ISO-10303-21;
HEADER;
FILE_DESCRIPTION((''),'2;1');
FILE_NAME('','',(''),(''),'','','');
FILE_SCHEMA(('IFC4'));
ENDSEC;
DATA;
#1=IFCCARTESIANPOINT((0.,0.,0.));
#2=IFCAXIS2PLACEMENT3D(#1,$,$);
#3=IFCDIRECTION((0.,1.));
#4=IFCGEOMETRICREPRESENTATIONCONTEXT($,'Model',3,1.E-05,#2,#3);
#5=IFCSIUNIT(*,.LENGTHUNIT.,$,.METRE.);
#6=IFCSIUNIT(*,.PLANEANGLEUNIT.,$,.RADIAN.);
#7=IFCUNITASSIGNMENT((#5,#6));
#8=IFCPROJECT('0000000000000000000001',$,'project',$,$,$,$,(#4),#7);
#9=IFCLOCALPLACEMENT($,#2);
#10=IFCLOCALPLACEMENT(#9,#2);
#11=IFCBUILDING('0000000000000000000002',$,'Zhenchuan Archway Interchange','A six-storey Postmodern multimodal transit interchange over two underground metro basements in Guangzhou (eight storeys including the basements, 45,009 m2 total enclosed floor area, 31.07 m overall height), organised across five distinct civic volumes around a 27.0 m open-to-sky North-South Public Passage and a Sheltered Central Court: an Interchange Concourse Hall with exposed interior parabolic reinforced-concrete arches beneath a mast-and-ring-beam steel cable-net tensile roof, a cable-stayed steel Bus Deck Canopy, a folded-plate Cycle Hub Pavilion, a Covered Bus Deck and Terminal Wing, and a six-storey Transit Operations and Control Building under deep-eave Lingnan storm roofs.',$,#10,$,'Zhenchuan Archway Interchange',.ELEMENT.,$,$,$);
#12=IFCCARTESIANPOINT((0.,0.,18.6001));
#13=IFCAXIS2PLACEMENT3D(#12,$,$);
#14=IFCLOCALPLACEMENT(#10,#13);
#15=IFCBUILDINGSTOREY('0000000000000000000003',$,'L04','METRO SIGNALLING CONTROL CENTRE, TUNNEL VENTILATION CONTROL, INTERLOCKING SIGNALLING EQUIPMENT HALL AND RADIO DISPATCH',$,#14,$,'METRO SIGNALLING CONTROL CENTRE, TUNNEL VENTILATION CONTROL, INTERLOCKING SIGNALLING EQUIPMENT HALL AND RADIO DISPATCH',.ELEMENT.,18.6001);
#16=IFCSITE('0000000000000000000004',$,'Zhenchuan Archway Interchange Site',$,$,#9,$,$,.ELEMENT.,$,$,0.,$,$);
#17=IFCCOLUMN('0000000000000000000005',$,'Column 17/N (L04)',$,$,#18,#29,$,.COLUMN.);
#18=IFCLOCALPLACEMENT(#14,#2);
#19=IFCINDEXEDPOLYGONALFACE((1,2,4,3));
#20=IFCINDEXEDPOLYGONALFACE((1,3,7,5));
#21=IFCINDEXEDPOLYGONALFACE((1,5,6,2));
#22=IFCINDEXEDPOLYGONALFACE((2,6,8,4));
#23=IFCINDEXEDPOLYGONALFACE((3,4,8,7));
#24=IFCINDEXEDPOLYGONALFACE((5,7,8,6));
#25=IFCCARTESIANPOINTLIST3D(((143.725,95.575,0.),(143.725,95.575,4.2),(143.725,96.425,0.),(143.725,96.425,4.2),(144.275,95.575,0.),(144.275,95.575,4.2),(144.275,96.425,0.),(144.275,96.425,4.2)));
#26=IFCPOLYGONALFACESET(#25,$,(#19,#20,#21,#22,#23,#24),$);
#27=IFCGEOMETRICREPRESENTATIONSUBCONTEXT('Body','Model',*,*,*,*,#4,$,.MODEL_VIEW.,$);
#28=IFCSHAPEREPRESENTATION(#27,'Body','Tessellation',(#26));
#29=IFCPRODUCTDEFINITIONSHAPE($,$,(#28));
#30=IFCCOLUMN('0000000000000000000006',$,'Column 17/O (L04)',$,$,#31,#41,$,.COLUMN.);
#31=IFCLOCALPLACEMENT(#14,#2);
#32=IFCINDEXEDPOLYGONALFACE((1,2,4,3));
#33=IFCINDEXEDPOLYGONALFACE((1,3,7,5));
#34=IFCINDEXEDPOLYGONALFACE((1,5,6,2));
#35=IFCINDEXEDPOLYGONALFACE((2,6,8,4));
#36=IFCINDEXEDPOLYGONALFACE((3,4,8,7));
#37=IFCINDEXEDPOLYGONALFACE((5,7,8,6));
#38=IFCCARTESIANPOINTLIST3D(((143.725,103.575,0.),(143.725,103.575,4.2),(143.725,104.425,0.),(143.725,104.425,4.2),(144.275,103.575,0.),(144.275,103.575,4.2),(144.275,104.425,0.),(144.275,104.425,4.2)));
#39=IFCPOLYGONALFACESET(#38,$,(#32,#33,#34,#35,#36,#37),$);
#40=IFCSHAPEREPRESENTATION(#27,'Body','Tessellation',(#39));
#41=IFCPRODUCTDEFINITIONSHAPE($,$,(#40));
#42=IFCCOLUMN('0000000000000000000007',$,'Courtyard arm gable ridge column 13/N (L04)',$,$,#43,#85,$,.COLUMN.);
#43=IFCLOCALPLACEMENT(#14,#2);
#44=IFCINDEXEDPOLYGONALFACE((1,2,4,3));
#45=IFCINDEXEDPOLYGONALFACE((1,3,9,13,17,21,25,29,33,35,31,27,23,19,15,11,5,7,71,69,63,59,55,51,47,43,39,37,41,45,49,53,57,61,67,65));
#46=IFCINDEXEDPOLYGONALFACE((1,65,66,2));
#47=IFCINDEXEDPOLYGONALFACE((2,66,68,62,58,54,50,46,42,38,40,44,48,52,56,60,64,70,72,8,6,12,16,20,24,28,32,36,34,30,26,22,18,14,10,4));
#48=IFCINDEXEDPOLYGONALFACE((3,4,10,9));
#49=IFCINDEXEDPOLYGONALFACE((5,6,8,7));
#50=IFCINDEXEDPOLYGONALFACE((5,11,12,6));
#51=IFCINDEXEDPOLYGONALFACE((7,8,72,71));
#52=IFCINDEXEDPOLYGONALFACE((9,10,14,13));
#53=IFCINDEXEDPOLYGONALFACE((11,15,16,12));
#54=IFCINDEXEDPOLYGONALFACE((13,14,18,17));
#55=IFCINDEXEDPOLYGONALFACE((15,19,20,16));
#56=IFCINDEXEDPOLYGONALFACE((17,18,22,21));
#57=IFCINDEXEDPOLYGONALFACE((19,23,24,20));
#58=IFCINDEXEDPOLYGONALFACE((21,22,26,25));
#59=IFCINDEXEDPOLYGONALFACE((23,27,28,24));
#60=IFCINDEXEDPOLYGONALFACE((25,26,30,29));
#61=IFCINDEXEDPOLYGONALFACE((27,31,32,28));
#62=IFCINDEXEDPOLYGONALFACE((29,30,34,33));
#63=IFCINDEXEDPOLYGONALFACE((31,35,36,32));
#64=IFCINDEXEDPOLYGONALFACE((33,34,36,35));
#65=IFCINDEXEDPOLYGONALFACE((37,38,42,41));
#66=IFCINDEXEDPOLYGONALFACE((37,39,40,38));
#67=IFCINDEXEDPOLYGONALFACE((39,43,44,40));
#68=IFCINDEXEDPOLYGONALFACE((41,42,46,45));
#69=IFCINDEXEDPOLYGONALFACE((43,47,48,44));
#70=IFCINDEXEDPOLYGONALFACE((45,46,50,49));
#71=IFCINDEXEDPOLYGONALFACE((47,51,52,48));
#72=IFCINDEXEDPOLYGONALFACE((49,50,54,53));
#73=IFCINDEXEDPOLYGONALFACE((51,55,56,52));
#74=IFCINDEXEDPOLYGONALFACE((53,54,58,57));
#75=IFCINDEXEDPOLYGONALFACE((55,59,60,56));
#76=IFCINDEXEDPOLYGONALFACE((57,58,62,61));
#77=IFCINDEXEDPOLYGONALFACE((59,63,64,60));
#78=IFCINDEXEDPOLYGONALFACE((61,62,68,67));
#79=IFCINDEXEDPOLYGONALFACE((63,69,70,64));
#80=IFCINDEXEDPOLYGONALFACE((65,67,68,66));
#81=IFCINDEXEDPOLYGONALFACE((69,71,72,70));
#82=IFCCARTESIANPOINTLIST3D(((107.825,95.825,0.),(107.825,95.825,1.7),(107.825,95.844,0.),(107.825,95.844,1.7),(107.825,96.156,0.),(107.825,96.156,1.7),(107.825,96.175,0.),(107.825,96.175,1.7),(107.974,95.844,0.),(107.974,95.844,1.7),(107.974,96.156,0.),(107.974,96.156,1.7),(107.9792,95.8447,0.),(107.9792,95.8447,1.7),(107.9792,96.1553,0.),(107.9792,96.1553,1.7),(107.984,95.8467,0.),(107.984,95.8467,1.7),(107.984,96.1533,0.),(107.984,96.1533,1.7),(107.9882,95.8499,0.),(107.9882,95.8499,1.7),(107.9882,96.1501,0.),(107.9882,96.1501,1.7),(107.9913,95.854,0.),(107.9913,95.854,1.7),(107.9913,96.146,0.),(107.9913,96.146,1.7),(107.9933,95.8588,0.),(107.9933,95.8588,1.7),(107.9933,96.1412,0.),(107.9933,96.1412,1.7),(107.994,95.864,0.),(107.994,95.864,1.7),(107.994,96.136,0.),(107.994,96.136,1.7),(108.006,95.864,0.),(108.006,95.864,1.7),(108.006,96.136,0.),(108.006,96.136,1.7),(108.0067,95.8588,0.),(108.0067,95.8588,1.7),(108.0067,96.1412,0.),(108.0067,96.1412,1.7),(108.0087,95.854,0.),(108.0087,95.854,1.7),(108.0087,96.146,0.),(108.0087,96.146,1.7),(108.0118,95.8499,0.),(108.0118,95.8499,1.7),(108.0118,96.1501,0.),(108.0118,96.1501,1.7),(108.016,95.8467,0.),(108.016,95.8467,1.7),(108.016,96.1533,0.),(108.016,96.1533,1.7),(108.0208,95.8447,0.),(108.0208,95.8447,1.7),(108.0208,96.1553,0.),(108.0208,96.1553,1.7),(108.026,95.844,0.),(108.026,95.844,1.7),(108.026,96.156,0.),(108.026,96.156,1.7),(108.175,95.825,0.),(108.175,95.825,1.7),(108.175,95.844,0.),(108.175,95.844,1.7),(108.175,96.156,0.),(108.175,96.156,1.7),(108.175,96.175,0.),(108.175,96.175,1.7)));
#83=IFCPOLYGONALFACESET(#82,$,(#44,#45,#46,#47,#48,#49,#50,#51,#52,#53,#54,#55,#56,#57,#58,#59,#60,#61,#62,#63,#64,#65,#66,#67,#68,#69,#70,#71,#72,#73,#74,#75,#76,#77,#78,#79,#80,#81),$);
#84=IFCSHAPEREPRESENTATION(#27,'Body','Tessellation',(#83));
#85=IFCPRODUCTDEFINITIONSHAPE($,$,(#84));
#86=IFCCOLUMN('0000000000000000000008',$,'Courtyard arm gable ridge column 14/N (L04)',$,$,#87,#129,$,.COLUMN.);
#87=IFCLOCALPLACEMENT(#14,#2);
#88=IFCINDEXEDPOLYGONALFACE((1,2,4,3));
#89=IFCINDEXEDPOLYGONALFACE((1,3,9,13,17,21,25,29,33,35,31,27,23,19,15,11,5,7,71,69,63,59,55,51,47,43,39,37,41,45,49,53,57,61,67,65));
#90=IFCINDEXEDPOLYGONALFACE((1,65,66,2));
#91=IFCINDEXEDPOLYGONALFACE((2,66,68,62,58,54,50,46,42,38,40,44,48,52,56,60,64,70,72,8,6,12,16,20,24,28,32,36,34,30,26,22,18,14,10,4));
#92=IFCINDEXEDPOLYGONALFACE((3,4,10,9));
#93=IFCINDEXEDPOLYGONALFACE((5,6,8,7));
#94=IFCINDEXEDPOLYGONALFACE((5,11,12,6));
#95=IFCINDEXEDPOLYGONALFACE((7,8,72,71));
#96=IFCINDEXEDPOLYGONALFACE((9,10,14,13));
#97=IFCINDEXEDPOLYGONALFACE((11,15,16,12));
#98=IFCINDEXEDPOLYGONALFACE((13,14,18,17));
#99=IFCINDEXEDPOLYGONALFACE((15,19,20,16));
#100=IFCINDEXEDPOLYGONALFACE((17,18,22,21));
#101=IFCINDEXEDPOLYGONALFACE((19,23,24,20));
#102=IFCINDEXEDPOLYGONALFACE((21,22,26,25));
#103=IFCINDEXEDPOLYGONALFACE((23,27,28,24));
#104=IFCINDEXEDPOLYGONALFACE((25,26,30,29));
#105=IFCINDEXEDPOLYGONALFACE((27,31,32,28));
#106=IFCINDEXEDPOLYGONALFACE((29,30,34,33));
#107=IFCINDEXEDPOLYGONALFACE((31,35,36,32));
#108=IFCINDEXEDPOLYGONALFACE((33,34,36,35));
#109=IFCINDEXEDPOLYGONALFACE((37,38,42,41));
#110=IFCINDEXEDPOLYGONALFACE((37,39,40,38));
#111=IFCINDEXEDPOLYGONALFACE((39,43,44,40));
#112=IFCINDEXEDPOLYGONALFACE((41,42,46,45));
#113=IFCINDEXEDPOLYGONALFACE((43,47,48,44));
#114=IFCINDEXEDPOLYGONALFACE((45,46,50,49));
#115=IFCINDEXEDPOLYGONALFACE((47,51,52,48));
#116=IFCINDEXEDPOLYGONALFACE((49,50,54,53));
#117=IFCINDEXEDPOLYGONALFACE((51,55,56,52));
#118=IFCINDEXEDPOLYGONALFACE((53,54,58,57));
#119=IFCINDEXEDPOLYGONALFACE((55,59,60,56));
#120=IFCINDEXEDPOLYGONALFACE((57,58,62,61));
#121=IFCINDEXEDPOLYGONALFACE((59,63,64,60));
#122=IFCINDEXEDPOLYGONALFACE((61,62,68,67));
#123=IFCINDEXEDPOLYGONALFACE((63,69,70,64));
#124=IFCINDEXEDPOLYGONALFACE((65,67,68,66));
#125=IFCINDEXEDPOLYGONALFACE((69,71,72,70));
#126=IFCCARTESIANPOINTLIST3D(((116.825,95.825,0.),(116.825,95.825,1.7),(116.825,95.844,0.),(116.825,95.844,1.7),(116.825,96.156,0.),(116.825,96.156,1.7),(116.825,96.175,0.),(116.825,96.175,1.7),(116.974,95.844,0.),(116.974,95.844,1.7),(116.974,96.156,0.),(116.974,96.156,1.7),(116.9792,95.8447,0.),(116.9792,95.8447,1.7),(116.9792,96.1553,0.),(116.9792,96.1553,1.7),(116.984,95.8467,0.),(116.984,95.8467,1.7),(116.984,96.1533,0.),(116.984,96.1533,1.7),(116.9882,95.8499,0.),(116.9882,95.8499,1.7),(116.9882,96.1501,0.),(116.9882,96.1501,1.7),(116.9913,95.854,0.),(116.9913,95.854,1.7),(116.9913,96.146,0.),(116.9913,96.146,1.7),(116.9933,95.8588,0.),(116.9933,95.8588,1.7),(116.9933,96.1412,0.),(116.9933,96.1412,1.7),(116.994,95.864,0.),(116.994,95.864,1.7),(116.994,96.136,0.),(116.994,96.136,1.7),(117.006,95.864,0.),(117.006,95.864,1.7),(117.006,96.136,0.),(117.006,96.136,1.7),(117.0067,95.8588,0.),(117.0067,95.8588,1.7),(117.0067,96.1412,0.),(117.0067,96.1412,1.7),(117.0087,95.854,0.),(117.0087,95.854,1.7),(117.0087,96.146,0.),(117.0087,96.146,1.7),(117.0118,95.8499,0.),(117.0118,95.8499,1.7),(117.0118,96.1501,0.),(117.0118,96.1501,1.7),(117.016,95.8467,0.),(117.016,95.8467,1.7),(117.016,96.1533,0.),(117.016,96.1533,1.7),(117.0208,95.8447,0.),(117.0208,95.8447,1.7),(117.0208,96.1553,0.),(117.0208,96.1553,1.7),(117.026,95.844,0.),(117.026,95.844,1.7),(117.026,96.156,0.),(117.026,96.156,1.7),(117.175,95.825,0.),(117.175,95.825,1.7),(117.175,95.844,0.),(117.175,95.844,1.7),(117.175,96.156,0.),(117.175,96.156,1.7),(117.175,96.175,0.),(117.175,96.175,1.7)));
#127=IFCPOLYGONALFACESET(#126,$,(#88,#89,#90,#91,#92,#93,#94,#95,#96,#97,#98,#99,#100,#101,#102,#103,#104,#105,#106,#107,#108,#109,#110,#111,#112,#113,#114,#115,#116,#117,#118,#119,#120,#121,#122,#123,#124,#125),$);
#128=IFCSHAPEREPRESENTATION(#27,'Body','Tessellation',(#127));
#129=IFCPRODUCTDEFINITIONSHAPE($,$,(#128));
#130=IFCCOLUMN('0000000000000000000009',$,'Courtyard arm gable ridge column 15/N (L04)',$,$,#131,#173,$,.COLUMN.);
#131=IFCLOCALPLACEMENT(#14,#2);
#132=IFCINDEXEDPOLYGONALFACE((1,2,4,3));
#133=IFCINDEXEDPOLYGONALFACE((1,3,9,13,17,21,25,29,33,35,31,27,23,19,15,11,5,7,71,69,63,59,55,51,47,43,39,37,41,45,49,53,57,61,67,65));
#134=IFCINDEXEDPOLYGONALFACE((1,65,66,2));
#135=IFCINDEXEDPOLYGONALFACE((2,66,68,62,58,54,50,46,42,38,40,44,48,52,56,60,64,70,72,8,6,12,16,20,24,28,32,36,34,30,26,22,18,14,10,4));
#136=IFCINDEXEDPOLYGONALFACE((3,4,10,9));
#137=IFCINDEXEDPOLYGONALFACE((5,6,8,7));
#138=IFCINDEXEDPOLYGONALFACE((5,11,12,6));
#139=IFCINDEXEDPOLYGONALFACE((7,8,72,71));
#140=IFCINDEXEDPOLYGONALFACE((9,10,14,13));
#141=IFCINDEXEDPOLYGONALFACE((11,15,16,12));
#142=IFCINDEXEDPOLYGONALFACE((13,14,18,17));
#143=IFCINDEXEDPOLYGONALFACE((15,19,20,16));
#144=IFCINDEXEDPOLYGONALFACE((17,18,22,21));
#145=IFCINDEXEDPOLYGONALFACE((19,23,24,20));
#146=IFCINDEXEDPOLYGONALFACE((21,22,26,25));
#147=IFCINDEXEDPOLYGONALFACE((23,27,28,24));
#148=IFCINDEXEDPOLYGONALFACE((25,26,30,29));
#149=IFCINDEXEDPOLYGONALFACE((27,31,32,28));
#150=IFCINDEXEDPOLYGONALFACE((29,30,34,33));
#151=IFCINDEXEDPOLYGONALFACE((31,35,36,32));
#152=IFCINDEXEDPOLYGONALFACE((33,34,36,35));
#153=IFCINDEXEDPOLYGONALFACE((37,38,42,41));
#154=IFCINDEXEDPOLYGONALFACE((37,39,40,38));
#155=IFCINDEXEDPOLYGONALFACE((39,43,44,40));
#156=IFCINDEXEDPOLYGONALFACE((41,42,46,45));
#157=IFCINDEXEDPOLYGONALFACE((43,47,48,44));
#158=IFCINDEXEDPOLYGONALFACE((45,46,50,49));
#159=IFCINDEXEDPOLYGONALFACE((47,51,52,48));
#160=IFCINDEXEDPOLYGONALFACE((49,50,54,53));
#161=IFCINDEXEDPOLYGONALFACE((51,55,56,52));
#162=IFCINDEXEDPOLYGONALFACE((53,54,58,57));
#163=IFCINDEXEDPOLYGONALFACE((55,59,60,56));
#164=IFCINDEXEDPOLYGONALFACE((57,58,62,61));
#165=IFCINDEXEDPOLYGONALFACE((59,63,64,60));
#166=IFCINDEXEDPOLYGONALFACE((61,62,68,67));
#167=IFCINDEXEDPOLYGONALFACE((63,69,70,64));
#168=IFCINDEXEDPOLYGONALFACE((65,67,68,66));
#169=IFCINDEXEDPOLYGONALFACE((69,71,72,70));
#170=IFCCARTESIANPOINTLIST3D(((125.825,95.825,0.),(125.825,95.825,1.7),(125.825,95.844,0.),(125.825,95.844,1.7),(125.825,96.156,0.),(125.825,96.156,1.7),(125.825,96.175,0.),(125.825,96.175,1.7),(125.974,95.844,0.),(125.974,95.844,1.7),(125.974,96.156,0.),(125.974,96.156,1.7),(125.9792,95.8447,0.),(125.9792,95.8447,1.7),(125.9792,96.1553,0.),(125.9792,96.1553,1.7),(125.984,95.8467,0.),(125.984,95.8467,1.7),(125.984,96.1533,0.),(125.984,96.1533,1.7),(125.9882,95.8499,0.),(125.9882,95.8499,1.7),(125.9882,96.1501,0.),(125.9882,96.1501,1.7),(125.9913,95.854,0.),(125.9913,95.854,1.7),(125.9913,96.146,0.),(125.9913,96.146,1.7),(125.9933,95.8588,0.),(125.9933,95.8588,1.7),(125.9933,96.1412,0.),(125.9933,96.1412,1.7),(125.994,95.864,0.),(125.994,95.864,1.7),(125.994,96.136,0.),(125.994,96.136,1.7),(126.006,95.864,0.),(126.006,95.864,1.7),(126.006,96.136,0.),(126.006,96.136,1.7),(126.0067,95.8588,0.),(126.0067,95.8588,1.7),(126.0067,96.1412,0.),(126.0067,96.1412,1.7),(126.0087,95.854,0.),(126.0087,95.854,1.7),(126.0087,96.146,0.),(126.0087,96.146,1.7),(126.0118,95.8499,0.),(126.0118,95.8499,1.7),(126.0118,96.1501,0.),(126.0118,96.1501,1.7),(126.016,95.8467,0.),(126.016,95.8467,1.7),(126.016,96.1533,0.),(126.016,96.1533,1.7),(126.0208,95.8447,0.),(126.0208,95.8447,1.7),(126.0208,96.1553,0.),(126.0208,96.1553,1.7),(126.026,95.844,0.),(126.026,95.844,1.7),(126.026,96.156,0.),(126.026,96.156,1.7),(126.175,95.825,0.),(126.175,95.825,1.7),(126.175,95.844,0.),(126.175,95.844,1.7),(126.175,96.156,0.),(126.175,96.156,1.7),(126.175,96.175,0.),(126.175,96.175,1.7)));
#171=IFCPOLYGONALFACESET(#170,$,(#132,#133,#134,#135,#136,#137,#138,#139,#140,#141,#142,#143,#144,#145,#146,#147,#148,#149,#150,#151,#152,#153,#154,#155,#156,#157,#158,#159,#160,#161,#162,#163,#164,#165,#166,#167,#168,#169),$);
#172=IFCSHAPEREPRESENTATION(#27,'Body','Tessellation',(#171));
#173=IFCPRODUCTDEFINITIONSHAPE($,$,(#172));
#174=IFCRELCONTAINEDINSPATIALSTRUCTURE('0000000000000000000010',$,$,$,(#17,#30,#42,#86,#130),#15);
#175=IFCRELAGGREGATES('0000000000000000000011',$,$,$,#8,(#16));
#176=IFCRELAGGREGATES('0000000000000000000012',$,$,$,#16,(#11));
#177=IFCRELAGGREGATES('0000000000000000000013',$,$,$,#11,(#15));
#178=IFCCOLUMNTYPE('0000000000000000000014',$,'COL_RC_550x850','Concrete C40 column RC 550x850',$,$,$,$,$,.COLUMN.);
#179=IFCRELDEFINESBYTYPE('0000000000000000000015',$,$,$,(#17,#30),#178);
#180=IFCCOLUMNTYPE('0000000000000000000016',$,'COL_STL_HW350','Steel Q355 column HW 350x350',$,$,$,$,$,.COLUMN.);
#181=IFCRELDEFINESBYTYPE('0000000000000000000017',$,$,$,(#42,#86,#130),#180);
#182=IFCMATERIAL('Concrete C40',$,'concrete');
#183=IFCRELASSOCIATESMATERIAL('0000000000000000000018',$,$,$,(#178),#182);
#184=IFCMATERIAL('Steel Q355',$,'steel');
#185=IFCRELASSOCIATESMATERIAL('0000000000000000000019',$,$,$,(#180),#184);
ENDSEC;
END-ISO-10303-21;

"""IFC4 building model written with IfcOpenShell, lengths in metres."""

from ifc_helpers import new_model, si_unit, direction, frame, origin, origin_2d, place, context, subcontext, project, spatial, rectangle, i_section, extrude, material, material_profile, profile_set, type_object, element, save


model = new_model("IFC4")

# Units and contexts
model_context = context("Model", 3, precision=1e-05, world=origin(), true_north=direction((0.0, 1.0)))
body_context = subcontext(model_context, "Body", "Model", "MODEL_VIEW")
ifc_project = project(units=[si_unit("LENGTHUNIT", "METRE"), si_unit("PLANEANGLEUNIT", "RADIAN")], contexts=[model_context])

# Site, building, storey
site_placement = place(None, origin())
site = spatial("IfcSite", under=ifc_project, at=site_placement, Name="Zhenchuan Archway Interchange Site", CompositionType="ELEMENT", RefElevation=0.0)
building_placement = place(site_placement, origin())
building = spatial("IfcBuilding", under=site, at=building_placement, Name="Zhenchuan Archway Interchange", Description="A six-storey Postmodern multimodal transit interchange over two underground metro basements in Guangzhou (eight storeys including the basements, 45,009 m2 total enclosed floor area, 31.07 m overall height), organised across five distinct civic volumes around a 27.0 m open-to-sky North-South Public Passage and a Sheltered Central Court: an Interchange Concourse Hall with exposed interior parabolic reinforced-concrete arches beneath a mast-and-ring-beam steel cable-net tensile roof, a cable-stayed steel Bus Deck Canopy, a folded-plate Cycle Hub Pavilion, a Covered Bus Deck and Terminal Wing, and a six-storey Transit Operations and Control Building under deep-eave Lingnan storm roofs.", LongName="Zhenchuan Archway Interchange", CompositionType="ELEMENT")
storey_placement = place(building_placement, frame((0.0, 0.0, 18.6001)))
storey = spatial("IfcBuildingStorey", under=building, at=storey_placement, Name="L04", Description="METRO SIGNALLING CONTROL CENTRE, TUNNEL VENTILATION CONTROL, INTERLOCKING SIGNALLING EQUIPMENT HALL AND RADIO DISPATCH", LongName="METRO SIGNALLING CONTROL CENTRE, TUNNEL VENTILATION CONTROL, INTERLOCKING SIGNALLING EQUIPMENT HALL AND RADIO DISPATCH", CompositionType="ELEMENT", Elevation=18.6001)

# Columns
ifc_material_1 = material(Name="Concrete C40", Category="concrete")
ifc_material_profile_1 = material_profile(ifc_material_1, rectangle(XDim=0.55, YDim=0.8501, at=origin_2d()), Name="RC 550x850")
ifc_profile_set_1 = profile_set([ifc_material_profile_1], Name="Concrete C40")
column_type_1 = type_object("IfcColumnType", Name="COL_RC_550x850", Description="Concrete C40 column RC 550x850", PredefinedType="COLUMN", material=ifc_profile_set_1)
for number, where, z_axis, x_axis, name in (
    (1, (144.0, 96.0, 0.0), (0.0, 0.0, 1.0), (1.0, 0.0, 0.0), "Column 17/N (L04)"),
    (2, (144.0, 104.0, 0.0), (0.0, 0.0, 1.0), (1.0, 0.0, 0.0), "Column 17/O (L04)"),
):
    element("IfcColumn", number, at=place(storey_placement, frame(where, z_axis=z_axis, x_axis=x_axis)), inside=storey, type_object=column_type_1, Name=name, PredefinedType="COLUMN", context=body_context, shape_type="SweptSolid", body=[
        extrude(rectangle(XDim=0.55, YDim=0.8501, at=origin_2d()), origin(), (0.0, 0.0, 1.0), 4.2),
    ])
ifc_material_2 = material(Name="Steel Q355", Category="steel")
ifc_material_profile_2 = material_profile(ifc_material_2, i_section(OverallWidth=0.3501, OverallDepth=0.3501, WebThickness=0.012, FlangeThickness=0.019, FilletRadius=0.02, at=origin_2d()), Name="HW 350x350")
ifc_profile_set_2 = profile_set([ifc_material_profile_2], Name="Steel Q355")
column_type_2 = type_object("IfcColumnType", Name="COL_STL_HW350", Description="Steel Q355 column HW 350x350", PredefinedType="COLUMN", material=ifc_profile_set_2)
for number, where, z_axis, x_axis, name in (
    (3, (108.0, 96.0, 0.0), (0.0, 0.0, 1.0), (1.0, 0.0, 0.0), "Courtyard arm gable ridge column 13/N (L04)"),
    (4, (117.0, 96.0, 0.0), (0.0, 0.0, 1.0), (1.0, 0.0, 0.0), "Courtyard arm gable ridge column 14/N (L04)"),
    (5, (126.0, 96.0, 0.0), (0.0, 0.0, 1.0), (1.0, 0.0, 0.0), "Courtyard arm gable ridge column 15/N (L04)"),
):
    element("IfcColumn", number, at=place(storey_placement, frame(where, z_axis=z_axis, x_axis=x_axis)), inside=storey, type_object=column_type_2, Name=name, PredefinedType="COLUMN", context=body_context, shape_type="SweptSolid", body=[
        extrude(i_section(OverallWidth=0.3501, OverallDepth=0.3501, WebThickness=0.012, FlangeThickness=0.019, FilletRadius=0.02, at=origin_2d()), origin(), (0.0, 0.0, 1.0), 1.7),
    ])

save(model, "model.ifc")
